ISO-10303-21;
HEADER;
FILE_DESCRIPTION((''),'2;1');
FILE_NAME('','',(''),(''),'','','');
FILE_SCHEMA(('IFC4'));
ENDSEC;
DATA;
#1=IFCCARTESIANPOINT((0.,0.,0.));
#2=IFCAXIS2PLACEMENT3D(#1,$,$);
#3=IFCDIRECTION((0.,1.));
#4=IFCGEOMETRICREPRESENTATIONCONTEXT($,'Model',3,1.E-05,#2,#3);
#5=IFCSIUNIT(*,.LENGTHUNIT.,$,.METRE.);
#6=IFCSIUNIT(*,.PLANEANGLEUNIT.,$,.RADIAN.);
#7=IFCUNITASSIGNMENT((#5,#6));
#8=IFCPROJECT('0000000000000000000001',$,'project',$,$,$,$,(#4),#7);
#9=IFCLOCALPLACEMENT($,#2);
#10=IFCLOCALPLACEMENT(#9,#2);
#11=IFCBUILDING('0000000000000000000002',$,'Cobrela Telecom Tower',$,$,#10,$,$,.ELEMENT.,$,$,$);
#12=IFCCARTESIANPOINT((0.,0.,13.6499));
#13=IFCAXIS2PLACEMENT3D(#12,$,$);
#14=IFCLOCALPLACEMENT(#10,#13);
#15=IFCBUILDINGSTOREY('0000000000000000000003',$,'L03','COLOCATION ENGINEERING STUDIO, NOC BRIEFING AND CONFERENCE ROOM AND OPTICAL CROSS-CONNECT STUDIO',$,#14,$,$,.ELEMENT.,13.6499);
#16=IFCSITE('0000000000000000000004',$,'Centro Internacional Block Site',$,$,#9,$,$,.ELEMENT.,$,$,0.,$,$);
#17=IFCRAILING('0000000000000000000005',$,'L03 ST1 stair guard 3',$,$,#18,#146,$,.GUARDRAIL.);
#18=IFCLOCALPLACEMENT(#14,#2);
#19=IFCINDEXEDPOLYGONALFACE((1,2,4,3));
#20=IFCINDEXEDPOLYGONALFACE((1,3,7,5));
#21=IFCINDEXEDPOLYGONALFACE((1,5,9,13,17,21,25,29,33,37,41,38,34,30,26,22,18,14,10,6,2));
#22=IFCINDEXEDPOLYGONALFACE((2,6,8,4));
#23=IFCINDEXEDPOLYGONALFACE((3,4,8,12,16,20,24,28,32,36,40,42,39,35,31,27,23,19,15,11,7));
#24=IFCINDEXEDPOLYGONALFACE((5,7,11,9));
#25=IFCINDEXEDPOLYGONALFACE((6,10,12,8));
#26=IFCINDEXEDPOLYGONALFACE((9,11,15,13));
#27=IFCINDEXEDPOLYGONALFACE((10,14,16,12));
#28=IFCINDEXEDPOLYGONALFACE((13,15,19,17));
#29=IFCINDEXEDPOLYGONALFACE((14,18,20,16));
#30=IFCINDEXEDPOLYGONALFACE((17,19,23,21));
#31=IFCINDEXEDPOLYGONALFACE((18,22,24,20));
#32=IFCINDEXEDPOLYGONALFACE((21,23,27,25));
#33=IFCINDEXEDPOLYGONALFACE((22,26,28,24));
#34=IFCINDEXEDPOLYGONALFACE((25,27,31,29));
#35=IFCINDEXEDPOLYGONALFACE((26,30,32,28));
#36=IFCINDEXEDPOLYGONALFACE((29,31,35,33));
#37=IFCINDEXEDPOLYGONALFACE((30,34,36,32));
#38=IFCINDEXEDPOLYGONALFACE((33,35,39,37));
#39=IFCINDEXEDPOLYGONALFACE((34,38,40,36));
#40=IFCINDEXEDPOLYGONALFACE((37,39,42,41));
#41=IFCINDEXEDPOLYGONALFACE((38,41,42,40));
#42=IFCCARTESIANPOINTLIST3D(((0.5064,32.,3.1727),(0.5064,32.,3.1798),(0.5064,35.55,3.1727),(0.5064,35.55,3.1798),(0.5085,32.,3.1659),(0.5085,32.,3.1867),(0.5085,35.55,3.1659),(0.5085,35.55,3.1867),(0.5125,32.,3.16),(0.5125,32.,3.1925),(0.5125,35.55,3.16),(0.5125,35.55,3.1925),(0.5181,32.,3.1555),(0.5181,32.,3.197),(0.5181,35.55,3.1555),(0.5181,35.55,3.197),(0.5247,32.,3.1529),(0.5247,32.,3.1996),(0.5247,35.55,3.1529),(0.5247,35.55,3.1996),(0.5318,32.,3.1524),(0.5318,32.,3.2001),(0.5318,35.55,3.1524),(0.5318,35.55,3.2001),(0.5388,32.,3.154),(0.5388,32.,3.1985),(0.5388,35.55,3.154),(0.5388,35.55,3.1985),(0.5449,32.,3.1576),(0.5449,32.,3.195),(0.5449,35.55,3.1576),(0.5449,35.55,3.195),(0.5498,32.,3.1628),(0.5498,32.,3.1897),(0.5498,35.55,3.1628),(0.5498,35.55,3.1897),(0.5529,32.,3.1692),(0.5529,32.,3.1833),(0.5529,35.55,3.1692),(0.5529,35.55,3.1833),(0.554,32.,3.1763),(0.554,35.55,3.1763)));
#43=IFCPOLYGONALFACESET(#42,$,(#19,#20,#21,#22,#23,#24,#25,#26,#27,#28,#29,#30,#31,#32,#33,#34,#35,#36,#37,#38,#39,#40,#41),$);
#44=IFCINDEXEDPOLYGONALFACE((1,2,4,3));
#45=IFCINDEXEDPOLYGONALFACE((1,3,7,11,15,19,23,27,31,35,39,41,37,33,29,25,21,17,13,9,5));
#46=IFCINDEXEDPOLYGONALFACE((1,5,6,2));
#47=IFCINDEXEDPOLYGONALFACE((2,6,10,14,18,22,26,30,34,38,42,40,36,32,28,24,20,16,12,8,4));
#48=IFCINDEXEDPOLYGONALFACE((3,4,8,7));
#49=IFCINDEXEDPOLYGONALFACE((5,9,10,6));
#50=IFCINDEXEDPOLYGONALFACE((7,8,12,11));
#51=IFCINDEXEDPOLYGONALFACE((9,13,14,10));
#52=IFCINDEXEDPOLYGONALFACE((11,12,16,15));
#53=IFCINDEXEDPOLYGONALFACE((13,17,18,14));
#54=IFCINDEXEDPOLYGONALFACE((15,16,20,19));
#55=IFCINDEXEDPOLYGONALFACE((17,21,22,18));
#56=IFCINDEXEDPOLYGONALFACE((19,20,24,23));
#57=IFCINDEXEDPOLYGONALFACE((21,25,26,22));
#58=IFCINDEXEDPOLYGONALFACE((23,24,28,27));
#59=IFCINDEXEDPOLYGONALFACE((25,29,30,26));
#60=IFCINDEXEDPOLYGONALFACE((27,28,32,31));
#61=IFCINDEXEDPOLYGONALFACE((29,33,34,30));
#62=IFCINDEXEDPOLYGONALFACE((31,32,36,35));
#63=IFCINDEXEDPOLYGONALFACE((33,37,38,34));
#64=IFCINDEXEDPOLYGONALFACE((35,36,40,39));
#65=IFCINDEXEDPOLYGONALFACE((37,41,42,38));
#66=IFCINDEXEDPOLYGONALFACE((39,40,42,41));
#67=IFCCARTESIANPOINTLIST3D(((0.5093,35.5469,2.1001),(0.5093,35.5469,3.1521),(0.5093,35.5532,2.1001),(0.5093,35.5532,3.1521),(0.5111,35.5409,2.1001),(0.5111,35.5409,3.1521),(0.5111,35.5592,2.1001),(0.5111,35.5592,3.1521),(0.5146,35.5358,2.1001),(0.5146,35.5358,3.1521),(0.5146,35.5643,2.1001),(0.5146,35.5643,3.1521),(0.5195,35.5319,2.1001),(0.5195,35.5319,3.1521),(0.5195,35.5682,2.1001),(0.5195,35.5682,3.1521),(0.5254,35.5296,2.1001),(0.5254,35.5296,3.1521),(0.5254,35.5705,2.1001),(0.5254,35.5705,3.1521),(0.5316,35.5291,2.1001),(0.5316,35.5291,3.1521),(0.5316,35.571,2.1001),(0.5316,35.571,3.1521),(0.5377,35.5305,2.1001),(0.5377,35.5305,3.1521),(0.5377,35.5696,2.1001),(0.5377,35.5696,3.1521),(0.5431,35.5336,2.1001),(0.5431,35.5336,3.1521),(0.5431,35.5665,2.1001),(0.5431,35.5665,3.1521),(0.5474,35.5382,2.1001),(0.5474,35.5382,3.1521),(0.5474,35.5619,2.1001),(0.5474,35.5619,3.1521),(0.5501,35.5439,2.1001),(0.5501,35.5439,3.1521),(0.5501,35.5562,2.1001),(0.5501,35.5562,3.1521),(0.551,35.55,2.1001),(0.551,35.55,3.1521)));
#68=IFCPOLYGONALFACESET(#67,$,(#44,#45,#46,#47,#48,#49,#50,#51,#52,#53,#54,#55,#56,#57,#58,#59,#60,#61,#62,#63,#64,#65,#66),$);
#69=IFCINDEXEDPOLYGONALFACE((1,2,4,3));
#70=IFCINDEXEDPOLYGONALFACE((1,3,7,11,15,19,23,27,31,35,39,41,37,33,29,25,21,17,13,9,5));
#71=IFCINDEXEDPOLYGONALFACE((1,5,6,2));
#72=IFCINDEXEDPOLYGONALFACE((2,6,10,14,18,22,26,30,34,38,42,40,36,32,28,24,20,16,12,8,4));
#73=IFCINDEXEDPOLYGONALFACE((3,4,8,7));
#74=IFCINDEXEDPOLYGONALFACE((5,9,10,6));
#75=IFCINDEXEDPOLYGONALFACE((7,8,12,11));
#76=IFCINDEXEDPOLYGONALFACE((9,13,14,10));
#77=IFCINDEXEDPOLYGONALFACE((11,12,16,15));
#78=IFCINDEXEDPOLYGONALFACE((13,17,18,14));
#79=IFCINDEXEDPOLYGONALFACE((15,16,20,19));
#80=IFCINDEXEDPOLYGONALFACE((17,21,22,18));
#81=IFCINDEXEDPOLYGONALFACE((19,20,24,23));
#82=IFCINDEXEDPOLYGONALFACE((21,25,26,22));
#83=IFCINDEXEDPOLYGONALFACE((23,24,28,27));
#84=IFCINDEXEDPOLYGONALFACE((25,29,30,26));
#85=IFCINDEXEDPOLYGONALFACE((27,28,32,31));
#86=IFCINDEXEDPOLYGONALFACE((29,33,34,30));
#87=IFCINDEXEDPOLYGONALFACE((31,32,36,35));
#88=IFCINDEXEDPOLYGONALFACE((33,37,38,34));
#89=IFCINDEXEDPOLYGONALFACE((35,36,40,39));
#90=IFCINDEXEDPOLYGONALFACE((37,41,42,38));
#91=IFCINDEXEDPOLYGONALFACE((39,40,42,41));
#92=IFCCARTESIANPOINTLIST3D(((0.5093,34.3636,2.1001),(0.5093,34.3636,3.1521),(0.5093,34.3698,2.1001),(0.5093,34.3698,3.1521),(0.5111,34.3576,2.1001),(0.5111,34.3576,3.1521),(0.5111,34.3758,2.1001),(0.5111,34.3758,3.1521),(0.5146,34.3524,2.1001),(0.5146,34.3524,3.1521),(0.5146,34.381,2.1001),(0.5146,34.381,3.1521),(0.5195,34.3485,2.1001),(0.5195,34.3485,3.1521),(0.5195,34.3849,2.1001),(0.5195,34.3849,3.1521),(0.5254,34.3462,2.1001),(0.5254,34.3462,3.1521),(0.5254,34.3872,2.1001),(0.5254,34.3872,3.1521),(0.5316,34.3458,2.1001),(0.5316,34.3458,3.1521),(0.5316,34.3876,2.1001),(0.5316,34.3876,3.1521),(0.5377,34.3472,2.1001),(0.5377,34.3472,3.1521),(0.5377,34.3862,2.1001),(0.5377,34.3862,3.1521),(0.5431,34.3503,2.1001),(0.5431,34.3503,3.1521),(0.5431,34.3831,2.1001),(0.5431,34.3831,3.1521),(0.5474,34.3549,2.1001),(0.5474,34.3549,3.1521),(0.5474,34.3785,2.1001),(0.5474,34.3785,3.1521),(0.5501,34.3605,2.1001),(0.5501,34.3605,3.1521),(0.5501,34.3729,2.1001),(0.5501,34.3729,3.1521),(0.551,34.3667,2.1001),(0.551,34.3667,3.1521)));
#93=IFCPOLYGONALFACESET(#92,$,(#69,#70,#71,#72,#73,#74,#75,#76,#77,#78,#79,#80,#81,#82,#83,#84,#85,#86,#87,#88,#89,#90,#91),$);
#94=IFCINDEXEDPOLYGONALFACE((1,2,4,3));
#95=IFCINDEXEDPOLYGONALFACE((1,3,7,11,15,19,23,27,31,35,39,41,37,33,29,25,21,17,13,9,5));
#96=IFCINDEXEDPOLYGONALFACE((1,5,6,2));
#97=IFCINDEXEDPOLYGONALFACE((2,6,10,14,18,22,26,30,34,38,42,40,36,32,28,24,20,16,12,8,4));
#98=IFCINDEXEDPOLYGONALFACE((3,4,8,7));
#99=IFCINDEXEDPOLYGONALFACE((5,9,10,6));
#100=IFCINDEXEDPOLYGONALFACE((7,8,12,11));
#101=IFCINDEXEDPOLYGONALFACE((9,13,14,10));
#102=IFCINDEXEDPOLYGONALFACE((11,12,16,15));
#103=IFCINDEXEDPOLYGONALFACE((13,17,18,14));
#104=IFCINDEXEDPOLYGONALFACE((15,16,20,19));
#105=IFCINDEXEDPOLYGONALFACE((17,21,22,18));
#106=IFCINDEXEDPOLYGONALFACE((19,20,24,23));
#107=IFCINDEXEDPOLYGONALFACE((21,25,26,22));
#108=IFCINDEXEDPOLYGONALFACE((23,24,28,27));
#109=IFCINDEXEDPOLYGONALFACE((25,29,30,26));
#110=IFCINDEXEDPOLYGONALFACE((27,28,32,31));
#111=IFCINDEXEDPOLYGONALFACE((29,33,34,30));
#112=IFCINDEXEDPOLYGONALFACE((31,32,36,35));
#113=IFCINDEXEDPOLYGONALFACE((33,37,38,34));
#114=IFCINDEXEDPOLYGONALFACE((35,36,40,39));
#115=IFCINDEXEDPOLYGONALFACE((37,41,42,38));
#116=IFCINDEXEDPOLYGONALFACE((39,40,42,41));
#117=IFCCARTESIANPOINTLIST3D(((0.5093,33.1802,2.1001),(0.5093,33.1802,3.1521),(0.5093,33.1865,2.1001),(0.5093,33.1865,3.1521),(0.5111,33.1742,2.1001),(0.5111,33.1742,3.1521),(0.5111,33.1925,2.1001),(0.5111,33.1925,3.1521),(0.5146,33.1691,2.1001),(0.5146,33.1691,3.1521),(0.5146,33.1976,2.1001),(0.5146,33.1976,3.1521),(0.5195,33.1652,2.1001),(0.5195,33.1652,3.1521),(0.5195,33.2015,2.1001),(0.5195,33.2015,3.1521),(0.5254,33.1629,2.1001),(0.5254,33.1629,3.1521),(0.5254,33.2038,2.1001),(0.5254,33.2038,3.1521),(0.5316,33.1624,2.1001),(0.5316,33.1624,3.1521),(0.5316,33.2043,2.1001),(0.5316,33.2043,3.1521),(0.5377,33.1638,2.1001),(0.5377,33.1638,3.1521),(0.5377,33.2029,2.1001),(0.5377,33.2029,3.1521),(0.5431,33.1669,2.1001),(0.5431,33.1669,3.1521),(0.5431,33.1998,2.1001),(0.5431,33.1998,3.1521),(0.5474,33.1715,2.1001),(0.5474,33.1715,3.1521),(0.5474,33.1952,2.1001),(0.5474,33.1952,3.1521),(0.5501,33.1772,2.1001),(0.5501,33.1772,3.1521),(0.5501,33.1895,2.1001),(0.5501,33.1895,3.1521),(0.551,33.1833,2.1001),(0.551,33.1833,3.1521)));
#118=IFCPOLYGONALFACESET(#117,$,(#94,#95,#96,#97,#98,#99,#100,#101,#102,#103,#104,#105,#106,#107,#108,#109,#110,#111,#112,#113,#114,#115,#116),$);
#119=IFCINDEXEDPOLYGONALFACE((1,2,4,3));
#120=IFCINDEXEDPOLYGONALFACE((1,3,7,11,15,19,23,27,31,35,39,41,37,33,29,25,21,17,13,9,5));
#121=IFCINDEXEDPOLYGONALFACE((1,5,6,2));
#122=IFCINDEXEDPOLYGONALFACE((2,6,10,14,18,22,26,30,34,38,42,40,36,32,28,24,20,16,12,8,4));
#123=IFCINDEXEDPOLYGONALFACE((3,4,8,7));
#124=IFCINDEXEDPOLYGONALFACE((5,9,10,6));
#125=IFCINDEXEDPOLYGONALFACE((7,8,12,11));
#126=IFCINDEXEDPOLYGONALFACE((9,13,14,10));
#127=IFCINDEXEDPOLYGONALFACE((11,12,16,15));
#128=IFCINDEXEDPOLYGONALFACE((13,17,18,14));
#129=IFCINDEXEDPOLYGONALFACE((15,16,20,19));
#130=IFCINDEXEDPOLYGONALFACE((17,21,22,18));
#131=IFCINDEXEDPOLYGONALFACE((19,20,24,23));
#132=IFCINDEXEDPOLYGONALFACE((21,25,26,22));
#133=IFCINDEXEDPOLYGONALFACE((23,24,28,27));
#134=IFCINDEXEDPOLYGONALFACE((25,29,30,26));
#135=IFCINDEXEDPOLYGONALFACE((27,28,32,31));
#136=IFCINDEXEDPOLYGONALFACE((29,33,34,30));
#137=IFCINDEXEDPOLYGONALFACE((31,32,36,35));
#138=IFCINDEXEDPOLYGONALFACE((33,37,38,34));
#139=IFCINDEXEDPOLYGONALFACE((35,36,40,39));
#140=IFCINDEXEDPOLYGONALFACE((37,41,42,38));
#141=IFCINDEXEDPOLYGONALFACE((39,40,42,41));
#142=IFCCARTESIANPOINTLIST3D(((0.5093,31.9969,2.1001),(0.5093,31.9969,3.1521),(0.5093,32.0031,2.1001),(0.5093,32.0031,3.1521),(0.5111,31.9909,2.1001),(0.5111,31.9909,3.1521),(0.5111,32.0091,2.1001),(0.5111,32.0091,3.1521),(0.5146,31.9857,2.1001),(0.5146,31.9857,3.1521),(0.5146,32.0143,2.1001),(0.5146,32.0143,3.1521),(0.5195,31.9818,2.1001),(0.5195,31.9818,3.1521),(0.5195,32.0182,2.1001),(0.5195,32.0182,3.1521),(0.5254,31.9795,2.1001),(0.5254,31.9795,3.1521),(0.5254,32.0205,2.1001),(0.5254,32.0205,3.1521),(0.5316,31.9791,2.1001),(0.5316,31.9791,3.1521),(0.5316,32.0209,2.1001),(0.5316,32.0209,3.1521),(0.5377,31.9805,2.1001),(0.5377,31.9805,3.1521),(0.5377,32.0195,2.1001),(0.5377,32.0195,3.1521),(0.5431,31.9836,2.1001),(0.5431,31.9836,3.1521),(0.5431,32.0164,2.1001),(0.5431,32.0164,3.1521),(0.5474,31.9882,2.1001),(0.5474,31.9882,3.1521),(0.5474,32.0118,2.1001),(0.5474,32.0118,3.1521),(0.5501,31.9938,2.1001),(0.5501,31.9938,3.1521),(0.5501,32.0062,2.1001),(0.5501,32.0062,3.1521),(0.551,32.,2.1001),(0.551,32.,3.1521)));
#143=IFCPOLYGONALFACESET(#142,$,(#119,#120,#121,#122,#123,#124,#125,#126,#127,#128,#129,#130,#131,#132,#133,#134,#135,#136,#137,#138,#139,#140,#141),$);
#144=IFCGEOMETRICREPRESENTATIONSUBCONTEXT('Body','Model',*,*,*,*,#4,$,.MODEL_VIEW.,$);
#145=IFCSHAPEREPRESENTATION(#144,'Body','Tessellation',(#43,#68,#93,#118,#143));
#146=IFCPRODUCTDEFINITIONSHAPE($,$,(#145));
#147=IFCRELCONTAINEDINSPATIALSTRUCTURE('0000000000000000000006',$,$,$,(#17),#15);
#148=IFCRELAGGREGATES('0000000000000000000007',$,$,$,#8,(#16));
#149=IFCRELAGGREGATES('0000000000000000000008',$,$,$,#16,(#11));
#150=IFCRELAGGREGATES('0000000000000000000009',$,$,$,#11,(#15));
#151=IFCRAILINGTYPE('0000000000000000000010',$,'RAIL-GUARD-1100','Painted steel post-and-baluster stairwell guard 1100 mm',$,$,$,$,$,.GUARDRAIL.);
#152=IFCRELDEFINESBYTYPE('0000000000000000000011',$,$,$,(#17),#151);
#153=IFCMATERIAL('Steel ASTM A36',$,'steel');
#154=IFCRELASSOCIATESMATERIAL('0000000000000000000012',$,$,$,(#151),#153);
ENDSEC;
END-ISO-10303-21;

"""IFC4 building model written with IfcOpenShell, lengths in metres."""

from ifc_helpers import new_model, si_unit, direction, frame, origin, origin_2d, place, context, subcontext, project, spatial, circle, extrude, material, type_object, element, save


model = new_model("IFC4")

# Units and contexts
model_context = context("Model", 3, precision=1e-05, world=origin(), true_north=direction((0.0, 1.0)))
body_context = subcontext(model_context, "Body", "Model", "MODEL_VIEW")
ifc_project = project(units=[si_unit("LENGTHUNIT", "METRE"), si_unit("PLANEANGLEUNIT", "RADIAN")], contexts=[model_context])

# Site, building, storey
site_placement = place(None, origin())
site = spatial("IfcSite", under=ifc_project, at=site_placement, Name="Centro Internacional Block Site", CompositionType="ELEMENT", RefElevation=0.0)
building_placement = place(site_placement, origin())
building = spatial("IfcBuilding", under=site, at=building_placement, Name="Cobrela Telecom Tower", CompositionType="ELEMENT")
storey_placement = place(building_placement, frame((0.0, 0.0, 13.6499)))
storey = spatial("IfcBuildingStorey", under=building, at=storey_placement, Name="L03", Description="COLOCATION ENGINEERING STUDIO, NOC BRIEFING AND CONFERENCE ROOM AND OPTICAL CROSS-CONNECT STUDIO", CompositionType="ELEMENT", Elevation=13.6499)

# Shared definitions
ifc_material_1 = material(Name="Steel ASTM A36", Category="steel")

# Railing
railing_type_1 = type_object("IfcRailingType", Name="RAIL-GUARD-1100", Description="Painted steel post-and-baluster stairwell guard 1100 mm", PredefinedType="GUARDRAIL", material=ifc_material_1)
railing_1_placement = place(storey_placement, frame((0.53, 35.55, 2.1001)))
element("IfcRailing", 1, at=railing_1_placement, inside=storey, type_object=railing_type_1, Name="L03 ST1 stair guard 3", PredefinedType="GUARDRAIL", context=body_context, shape_type="SweptSolid", body=[
    extrude(circle(Radius=0.0239, at=origin_2d()), frame((0.0, 0.0, 1.0762), z_axis=(0.0, -1.0, 0.0), x_axis=(1.0, 0.0, 0.0)), (0.0, 0.0, 1.0), 3.55),
    extrude(circle(Radius=0.021, at=origin_2d()), origin(), (0.0, 0.0, 1.0), 1.052),
    extrude(circle(Radius=0.021, at=origin_2d()), frame((0.0, -1.1833, 0.0)), (0.0, 0.0, 1.0), 1.052),
    extrude(circle(Radius=0.021, at=origin_2d()), frame((0.0, -2.3667, 0.0)), (0.0, 0.0, 1.0), 1.052),
    extrude(circle(Radius=0.021, at=origin_2d()), frame((0.0, -3.55, 0.0)), (0.0, 0.0, 1.0), 1.052),
])

save(model, "model.ifc")
